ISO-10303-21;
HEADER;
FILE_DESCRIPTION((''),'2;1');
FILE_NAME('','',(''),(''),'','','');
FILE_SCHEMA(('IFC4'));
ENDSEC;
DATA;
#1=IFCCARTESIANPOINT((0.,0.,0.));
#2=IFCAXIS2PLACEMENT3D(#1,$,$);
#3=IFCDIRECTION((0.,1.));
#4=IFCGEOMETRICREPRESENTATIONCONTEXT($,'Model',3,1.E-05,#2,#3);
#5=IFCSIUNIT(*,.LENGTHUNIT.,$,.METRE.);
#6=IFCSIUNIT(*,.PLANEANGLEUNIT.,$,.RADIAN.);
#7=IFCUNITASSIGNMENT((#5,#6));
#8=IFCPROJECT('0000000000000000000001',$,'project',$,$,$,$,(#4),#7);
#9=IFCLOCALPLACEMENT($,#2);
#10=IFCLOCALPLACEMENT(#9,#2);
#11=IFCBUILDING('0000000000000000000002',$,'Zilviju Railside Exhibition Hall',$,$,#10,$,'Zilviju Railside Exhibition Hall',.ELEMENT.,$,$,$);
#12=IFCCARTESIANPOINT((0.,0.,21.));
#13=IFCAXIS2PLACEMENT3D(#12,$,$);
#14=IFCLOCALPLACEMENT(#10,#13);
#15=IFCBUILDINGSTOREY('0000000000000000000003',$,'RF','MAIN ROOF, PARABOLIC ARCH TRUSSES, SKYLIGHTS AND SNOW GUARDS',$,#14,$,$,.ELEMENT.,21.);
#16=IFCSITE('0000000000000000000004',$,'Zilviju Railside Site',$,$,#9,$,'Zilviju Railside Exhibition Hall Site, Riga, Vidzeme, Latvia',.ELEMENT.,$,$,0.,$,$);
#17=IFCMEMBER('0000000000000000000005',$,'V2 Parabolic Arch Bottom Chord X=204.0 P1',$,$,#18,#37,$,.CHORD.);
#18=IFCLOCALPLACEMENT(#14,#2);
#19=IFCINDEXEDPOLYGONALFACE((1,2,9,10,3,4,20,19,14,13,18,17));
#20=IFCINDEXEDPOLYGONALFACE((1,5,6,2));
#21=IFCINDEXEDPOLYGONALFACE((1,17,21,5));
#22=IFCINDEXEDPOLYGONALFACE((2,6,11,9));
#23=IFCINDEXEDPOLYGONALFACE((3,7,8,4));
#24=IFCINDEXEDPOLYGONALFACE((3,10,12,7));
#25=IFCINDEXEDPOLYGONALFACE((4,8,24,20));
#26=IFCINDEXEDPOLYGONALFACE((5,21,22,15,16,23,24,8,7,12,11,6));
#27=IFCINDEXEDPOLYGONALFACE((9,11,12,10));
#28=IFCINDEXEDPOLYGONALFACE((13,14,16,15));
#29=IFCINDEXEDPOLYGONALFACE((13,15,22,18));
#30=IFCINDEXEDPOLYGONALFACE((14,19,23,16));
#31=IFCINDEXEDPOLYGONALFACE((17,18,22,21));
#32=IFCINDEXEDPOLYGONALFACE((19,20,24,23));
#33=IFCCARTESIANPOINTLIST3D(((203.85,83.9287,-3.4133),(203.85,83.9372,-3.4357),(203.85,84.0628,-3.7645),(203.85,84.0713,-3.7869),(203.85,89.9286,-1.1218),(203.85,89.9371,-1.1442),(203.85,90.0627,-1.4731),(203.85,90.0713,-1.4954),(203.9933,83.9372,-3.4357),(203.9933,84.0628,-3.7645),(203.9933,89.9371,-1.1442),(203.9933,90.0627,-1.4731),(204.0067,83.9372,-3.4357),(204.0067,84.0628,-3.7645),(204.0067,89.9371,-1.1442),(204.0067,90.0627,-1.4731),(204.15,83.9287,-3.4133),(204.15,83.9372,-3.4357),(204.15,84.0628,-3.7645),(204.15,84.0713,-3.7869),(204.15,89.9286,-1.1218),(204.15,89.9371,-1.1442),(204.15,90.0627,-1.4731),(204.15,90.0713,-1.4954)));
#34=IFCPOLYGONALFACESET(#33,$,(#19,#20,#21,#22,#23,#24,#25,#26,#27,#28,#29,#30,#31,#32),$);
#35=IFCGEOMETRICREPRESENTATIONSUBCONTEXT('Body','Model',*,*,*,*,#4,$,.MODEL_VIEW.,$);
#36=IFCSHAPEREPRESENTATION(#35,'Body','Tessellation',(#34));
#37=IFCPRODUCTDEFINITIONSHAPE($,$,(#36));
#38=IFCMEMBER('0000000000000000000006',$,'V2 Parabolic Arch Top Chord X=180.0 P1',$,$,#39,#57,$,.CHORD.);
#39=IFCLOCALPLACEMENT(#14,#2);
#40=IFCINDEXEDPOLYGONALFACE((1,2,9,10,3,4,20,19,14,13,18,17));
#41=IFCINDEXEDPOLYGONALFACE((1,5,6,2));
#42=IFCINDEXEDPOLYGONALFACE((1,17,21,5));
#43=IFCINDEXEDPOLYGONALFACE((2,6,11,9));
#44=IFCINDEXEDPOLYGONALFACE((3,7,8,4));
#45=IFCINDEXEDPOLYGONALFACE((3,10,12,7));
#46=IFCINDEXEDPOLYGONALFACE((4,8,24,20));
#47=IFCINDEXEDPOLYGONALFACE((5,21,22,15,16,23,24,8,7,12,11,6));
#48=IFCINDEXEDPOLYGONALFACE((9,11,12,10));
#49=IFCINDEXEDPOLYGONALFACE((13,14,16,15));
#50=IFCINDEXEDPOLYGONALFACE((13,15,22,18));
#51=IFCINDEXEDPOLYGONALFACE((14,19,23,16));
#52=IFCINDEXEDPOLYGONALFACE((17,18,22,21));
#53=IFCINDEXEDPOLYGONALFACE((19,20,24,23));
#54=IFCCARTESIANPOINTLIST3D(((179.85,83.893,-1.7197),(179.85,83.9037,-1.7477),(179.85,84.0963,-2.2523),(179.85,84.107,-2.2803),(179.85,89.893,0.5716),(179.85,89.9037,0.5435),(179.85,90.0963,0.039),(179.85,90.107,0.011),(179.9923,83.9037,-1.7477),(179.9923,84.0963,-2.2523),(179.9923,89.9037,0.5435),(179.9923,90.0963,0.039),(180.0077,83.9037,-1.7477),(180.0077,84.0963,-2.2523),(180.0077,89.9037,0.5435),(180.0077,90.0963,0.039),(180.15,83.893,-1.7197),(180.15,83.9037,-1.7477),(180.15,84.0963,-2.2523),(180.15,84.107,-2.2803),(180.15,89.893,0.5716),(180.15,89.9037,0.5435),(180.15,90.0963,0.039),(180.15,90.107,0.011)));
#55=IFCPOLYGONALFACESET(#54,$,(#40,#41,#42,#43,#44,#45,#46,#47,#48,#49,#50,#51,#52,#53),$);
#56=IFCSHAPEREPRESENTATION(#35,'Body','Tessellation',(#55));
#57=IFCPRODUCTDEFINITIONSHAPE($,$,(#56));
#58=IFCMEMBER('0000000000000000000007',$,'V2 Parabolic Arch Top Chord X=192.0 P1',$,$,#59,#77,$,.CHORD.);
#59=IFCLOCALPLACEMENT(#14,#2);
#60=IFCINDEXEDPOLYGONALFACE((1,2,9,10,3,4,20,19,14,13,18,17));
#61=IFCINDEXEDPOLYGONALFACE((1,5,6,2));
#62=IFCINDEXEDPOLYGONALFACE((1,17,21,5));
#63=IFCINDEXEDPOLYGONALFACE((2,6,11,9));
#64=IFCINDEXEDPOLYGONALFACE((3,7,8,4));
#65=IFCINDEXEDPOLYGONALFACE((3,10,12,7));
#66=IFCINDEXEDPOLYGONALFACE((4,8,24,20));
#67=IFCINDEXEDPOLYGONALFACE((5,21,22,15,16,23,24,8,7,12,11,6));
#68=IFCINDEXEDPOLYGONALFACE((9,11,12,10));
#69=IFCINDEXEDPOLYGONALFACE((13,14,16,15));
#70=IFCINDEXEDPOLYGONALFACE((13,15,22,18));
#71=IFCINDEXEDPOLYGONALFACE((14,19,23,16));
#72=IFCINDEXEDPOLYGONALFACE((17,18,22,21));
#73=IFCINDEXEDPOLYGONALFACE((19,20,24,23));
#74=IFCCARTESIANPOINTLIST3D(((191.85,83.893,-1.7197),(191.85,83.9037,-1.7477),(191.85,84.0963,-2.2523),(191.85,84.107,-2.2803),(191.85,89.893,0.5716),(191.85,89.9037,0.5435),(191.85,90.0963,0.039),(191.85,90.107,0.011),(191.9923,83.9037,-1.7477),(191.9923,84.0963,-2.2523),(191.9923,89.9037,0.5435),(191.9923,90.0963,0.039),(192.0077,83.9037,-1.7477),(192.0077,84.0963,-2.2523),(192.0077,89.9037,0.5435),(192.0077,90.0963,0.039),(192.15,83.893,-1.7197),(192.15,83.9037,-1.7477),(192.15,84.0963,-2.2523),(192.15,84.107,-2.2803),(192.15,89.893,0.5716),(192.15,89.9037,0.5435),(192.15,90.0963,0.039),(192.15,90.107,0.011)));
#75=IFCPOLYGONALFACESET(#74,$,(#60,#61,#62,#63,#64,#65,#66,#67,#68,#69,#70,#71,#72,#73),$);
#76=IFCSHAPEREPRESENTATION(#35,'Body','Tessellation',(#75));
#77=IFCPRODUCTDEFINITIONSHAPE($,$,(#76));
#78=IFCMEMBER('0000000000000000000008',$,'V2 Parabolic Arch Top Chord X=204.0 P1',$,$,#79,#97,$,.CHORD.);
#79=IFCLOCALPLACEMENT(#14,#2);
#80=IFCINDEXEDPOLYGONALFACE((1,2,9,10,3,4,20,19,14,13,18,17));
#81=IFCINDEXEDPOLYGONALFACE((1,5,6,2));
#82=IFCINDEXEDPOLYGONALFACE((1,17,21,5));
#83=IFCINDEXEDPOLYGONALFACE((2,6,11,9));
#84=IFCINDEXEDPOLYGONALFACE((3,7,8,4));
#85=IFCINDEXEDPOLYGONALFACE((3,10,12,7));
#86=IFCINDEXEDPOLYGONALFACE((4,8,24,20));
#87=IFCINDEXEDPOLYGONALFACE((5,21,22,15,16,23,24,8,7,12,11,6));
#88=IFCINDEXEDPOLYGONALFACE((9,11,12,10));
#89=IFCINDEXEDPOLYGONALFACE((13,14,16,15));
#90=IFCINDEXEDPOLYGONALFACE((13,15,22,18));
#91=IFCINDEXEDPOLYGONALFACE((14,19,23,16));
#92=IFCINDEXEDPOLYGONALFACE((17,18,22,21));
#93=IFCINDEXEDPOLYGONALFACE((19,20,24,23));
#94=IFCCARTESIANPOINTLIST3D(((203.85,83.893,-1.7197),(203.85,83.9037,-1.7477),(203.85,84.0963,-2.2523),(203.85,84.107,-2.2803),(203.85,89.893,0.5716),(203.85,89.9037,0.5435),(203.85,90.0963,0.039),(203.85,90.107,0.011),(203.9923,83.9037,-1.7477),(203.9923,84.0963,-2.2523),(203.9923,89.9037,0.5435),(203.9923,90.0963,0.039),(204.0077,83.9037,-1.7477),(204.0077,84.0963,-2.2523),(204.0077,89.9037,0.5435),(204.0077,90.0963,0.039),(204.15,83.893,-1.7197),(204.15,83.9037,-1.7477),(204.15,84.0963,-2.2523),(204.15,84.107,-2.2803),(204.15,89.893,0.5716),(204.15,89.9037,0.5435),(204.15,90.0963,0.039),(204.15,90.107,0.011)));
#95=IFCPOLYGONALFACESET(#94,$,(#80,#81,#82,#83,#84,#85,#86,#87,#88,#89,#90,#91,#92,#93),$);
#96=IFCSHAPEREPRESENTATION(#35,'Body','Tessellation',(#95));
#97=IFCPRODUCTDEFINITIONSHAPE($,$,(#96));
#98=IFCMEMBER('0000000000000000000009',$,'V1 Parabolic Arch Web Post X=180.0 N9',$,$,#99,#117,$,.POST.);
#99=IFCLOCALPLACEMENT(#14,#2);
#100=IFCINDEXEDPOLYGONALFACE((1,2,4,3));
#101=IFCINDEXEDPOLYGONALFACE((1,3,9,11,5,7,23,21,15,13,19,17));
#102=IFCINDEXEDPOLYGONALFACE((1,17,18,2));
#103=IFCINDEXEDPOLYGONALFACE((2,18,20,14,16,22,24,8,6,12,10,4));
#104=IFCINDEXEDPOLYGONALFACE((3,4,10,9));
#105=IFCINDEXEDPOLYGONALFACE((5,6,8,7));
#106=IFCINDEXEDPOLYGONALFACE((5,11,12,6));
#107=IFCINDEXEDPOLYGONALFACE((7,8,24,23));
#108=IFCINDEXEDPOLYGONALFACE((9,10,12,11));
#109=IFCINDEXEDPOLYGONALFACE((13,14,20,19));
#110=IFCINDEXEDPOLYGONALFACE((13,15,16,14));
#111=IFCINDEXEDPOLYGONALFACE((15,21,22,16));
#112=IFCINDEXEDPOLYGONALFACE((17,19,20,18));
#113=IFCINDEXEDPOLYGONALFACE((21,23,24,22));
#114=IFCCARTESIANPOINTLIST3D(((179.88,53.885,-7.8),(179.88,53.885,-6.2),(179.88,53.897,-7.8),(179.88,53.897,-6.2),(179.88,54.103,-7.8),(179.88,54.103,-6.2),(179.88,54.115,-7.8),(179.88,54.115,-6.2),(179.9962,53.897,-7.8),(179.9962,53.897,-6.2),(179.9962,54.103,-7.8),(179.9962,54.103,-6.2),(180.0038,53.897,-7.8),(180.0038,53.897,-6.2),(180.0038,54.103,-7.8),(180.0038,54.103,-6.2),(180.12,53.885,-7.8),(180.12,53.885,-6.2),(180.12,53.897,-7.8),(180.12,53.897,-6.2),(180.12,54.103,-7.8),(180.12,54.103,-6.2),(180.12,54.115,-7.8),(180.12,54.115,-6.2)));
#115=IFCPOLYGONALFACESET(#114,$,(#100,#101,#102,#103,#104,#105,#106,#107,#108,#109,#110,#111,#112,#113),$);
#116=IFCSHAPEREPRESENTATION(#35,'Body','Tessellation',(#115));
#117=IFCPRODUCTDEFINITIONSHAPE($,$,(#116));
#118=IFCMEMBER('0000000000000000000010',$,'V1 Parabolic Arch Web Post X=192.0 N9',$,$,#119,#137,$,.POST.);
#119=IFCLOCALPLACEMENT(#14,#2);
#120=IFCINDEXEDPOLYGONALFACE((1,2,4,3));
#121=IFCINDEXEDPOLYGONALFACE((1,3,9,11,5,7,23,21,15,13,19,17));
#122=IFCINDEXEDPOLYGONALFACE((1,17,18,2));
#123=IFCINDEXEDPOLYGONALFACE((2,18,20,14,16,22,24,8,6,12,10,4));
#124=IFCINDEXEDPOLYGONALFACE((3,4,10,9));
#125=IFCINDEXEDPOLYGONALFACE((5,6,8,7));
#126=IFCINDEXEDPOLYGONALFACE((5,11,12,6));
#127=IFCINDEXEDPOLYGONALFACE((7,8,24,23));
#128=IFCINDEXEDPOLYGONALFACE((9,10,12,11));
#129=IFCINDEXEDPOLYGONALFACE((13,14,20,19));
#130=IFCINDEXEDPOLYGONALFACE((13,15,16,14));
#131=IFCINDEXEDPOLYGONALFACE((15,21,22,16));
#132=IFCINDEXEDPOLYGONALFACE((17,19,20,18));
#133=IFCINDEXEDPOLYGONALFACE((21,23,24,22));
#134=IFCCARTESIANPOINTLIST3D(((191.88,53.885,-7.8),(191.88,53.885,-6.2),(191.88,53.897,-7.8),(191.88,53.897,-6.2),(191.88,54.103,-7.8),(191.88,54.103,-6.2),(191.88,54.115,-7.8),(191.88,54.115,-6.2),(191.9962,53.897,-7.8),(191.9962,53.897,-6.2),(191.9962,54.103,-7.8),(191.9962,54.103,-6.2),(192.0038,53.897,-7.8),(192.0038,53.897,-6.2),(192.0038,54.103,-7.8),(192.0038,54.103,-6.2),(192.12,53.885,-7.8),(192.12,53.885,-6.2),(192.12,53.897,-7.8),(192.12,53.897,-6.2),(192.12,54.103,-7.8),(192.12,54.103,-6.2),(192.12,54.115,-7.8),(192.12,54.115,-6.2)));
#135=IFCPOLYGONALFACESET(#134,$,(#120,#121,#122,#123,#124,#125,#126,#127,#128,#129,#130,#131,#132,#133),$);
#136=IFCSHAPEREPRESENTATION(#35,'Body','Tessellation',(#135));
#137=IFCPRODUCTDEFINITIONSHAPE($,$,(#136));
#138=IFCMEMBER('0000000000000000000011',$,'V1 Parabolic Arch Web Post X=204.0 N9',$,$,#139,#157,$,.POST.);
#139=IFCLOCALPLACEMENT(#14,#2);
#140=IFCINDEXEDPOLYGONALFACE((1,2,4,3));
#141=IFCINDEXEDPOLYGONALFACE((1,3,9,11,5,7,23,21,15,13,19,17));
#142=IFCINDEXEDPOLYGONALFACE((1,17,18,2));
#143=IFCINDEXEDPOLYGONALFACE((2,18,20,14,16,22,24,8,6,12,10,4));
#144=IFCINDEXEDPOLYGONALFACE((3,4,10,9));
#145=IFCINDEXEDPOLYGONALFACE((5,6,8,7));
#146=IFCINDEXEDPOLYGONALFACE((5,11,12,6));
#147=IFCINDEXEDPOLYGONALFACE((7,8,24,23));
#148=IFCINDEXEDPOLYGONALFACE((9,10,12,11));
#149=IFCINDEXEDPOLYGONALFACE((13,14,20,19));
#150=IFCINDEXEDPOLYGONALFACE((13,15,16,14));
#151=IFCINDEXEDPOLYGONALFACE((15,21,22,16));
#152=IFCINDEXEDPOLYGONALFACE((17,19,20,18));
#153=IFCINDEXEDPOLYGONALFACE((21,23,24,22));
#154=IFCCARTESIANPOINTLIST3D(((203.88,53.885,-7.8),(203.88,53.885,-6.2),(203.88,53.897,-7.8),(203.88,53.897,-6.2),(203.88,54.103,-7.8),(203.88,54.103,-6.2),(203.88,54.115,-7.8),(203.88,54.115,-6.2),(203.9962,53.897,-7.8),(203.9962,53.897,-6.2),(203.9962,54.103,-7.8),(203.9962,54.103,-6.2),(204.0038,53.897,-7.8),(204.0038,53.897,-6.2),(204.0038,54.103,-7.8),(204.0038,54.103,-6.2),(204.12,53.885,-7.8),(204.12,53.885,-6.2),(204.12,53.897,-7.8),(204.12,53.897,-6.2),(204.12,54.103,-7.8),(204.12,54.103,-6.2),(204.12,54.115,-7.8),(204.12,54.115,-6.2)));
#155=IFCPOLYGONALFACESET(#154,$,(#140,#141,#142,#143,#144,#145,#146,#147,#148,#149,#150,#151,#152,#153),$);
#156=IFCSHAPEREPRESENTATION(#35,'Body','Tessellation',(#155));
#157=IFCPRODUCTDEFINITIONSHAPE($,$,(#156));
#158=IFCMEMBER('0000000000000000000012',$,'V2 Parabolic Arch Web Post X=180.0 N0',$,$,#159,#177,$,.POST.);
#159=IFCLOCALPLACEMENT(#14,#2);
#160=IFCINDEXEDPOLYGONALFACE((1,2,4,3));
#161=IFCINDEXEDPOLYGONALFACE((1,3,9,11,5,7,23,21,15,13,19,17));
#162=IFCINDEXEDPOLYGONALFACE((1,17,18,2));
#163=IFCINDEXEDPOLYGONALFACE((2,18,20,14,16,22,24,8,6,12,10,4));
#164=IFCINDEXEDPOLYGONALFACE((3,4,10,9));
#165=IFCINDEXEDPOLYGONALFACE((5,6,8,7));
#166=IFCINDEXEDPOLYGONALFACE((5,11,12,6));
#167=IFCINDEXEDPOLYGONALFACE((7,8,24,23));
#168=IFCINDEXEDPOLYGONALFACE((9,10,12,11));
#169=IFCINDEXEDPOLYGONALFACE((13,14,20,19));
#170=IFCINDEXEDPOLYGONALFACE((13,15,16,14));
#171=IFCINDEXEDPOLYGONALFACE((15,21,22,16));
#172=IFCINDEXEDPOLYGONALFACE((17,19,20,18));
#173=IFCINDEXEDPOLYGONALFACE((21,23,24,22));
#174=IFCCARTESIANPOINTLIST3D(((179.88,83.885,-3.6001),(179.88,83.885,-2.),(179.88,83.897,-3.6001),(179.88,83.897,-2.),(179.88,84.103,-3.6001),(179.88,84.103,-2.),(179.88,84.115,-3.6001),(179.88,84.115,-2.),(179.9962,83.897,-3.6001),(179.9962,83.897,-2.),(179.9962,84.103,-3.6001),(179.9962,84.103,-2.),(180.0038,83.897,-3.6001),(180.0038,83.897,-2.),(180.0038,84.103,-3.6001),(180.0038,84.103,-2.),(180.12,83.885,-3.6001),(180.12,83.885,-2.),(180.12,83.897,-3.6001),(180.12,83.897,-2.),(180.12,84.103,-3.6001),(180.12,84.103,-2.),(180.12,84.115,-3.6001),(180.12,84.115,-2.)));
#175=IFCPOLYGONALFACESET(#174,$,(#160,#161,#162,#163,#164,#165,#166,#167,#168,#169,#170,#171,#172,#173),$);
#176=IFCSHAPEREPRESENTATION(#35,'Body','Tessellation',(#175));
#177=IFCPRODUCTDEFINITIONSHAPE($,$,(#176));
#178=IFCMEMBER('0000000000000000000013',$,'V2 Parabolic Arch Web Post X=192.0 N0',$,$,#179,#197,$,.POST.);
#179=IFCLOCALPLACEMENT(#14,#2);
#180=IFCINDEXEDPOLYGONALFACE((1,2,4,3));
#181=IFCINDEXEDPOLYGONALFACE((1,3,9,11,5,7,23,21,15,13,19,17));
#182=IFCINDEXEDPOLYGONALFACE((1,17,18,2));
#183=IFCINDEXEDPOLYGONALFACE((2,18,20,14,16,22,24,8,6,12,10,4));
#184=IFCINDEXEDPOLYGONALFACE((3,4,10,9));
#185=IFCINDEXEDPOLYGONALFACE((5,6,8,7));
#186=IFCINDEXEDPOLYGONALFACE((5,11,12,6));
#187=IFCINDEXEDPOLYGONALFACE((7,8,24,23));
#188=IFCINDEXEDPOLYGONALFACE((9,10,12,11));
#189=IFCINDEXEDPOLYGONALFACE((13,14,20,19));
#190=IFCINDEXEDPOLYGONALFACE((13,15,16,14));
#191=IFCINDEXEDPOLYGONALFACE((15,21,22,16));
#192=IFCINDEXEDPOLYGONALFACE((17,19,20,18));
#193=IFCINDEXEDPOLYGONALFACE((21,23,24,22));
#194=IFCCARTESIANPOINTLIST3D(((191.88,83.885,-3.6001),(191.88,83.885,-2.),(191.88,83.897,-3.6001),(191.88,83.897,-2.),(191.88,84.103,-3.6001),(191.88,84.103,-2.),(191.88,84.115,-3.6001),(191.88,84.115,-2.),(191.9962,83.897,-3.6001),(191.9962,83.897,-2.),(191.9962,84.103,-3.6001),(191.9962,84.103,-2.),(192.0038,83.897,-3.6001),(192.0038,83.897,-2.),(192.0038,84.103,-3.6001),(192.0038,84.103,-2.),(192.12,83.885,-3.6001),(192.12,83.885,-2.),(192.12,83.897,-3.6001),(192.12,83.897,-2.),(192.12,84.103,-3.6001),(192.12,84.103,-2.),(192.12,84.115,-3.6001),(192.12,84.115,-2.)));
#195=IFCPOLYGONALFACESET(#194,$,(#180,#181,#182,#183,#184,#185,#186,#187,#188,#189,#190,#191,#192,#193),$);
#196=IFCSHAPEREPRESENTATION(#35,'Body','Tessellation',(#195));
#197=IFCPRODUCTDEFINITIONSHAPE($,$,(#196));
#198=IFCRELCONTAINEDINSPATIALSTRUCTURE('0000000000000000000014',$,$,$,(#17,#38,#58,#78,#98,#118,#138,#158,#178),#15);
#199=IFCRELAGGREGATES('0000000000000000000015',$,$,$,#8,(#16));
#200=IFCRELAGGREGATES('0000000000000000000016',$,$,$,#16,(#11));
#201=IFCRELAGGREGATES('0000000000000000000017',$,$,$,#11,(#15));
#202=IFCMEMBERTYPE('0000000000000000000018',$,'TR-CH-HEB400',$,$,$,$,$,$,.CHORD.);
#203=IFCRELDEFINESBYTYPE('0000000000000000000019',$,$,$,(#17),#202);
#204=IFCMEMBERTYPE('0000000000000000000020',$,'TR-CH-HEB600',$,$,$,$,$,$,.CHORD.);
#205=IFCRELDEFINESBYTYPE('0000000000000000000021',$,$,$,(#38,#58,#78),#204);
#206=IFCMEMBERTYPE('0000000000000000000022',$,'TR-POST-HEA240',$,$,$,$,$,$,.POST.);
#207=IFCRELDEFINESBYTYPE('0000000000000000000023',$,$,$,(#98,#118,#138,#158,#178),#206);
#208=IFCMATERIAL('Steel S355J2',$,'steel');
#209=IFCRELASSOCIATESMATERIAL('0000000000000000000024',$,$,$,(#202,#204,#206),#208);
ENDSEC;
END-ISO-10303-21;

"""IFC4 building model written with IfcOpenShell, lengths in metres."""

from ifc_helpers import new_model, si_unit, direction, frame, origin, origin_2d, place, context, subcontext, project, spatial, i_section, extrude, material, material_profile, profile_set, type_object, element, save


model = new_model("IFC4")

# Units and contexts
model_context = context("Model", 3, precision=1e-05, world=origin(), true_north=direction((0.0, 1.0)))
body_context = subcontext(model_context, "Body", "Model", "MODEL_VIEW")
ifc_project = project(units=[si_unit("LENGTHUNIT", "METRE"), si_unit("PLANEANGLEUNIT", "RADIAN")], contexts=[model_context])

# Site, building, storey
site_placement = place(None, origin())
site = spatial("IfcSite", under=ifc_project, at=site_placement, Name="Zilviju Railside Site", LongName="Zilviju Railside Exhibition Hall Site, Riga, Vidzeme, Latvia", CompositionType="ELEMENT", RefElevation=0.0)
building_placement = place(site_placement, origin())
building = spatial("IfcBuilding", under=site, at=building_placement, Name="Zilviju Railside Exhibition Hall", LongName="Zilviju Railside Exhibition Hall", CompositionType="ELEMENT")
storey_placement = place(building_placement, frame((0.0, 0.0, 21.0)))
storey = spatial("IfcBuildingStorey", under=building, at=storey_placement, Name="RF", Description="MAIN ROOF, PARABOLIC ARCH TRUSSES, SKYLIGHTS AND SNOW GUARDS", CompositionType="ELEMENT", Elevation=21.0)

# Members
ifc_material_1 = material(Name="Steel S355J2", Category="steel")
ifc_material_profile_1 = material_profile(ifc_material_1, i_section(OverallWidth=0.3, OverallDepth=0.3999, WebThickness=0.0134, FlangeThickness=0.0239, at=origin_2d()), Name="HEB 400")
ifc_profile_set_1 = profile_set([ifc_material_profile_1], Name="Steel S355J2")
member_type_1 = type_object("IfcMemberType", Name="TR-CH-HEB400", PredefinedType="CHORD", material=ifc_profile_set_1)
for number, where, z_axis, x_axis, name in (
    (1, (204.0, 84.0, -3.6001), (0.0, 0.934188, 0.356782), (-1.0, 0.0, 0.0), "V2 Parabolic Arch Bottom Chord X=204.0 P1"),
):
    element("IfcMember", number, at=place(storey_placement, frame(where, z_axis=z_axis, x_axis=x_axis)), inside=storey, type_object=member_type_1, Name=name, PredefinedType="CHORD", context=body_context, shape_type="SweptSolid", body=[
        extrude(i_section(OverallWidth=0.3, OverallDepth=0.3999, WebThickness=0.0134, FlangeThickness=0.0239, at=origin_2d()), origin(), (0.0, 0.0, 1.0), 6.4226),
    ])
ifc_material_profile_2 = material_profile(ifc_material_1, i_section(OverallWidth=0.3, OverallDepth=0.6001, WebThickness=0.0154, FlangeThickness=0.03, at=origin_2d()), Name="HEB 600")
ifc_profile_set_2 = profile_set([ifc_material_profile_2], Name="Steel S355J2")
member_type_2 = type_object("IfcMemberType", Name="TR-CH-HEB600", PredefinedType="CHORD", material=ifc_profile_set_2)
for number, where, z_axis, x_axis, name in (
    (2, (180.0, 84.0, -2.0), (0.0, 0.9342, 0.356749), (-1.0, 0.0, 0.0), "V2 Parabolic Arch Top Chord X=180.0 P1"),
    (3, (192.0, 84.0, -2.0), (0.0, 0.9342, 0.356749), (-1.0, 0.0, 0.0), "V2 Parabolic Arch Top Chord X=192.0 P1"),
    (4, (204.0, 84.0, -2.0), (0.0, 0.9342, 0.356749), (-1.0, 0.0, 0.0), "V2 Parabolic Arch Top Chord X=204.0 P1"),
):
    element("IfcMember", number, at=place(storey_placement, frame(where, z_axis=z_axis, x_axis=x_axis)), inside=storey, type_object=member_type_2, Name=name, PredefinedType="CHORD", context=body_context, shape_type="SweptSolid", body=[
        extrude(i_section(OverallWidth=0.3, OverallDepth=0.6001, WebThickness=0.0154, FlangeThickness=0.03, at=origin_2d()), origin(), (0.0, 0.0, 1.0), 6.4226),
    ])
ifc_material_profile_3 = material_profile(ifc_material_1, i_section(OverallWidth=0.24, OverallDepth=0.23, WebThickness=0.0076, FlangeThickness=0.012, at=origin_2d()), Name="HEA 240")
ifc_profile_set_3 = profile_set([ifc_material_profile_3], Name="Steel S355J2")
member_type_3 = type_object("IfcMemberType", Name="TR-POST-HEA240", PredefinedType="POST", material=ifc_profile_set_3)
for number, where, z_axis, x_axis, name in (
    (5, (180.0, 54.0, -7.8), (0.0, 0.0, 1.0), (1.0, 0.0, 0.0), "V1 Parabolic Arch Web Post X=180.0 N9"),
    (6, (192.0, 54.0, -7.8), (0.0, 0.0, 1.0), (1.0, 0.0, 0.0), "V1 Parabolic Arch Web Post X=192.0 N9"),
    (7, (204.0, 54.0, -7.8), (0.0, 0.0, 1.0), (1.0, 0.0, 0.0), "V1 Parabolic Arch Web Post X=204.0 N9"),
    (8, (180.0, 84.0, -3.6001), (0.0, 0.0, 1.0), (1.0, 0.0, 0.0), "V2 Parabolic Arch Web Post X=180.0 N0"),
    (9, (192.0, 84.0, -3.6001), (0.0, 0.0, 1.0), (1.0, 0.0, 0.0), "V2 Parabolic Arch Web Post X=192.0 N0"),
):
    element("IfcMember", number, at=place(storey_placement, frame(where, z_axis=z_axis, x_axis=x_axis)), inside=storey, type_object=member_type_3, Name=name, PredefinedType="POST", context=body_context, shape_type="SweptSolid", body=[
        extrude(i_section(OverallWidth=0.24, OverallDepth=0.23, WebThickness=0.0076, FlangeThickness=0.012, at=origin_2d()), origin(), (0.0, 0.0, 1.0), 1.6001),
    ])

save(model, "model.ifc")
